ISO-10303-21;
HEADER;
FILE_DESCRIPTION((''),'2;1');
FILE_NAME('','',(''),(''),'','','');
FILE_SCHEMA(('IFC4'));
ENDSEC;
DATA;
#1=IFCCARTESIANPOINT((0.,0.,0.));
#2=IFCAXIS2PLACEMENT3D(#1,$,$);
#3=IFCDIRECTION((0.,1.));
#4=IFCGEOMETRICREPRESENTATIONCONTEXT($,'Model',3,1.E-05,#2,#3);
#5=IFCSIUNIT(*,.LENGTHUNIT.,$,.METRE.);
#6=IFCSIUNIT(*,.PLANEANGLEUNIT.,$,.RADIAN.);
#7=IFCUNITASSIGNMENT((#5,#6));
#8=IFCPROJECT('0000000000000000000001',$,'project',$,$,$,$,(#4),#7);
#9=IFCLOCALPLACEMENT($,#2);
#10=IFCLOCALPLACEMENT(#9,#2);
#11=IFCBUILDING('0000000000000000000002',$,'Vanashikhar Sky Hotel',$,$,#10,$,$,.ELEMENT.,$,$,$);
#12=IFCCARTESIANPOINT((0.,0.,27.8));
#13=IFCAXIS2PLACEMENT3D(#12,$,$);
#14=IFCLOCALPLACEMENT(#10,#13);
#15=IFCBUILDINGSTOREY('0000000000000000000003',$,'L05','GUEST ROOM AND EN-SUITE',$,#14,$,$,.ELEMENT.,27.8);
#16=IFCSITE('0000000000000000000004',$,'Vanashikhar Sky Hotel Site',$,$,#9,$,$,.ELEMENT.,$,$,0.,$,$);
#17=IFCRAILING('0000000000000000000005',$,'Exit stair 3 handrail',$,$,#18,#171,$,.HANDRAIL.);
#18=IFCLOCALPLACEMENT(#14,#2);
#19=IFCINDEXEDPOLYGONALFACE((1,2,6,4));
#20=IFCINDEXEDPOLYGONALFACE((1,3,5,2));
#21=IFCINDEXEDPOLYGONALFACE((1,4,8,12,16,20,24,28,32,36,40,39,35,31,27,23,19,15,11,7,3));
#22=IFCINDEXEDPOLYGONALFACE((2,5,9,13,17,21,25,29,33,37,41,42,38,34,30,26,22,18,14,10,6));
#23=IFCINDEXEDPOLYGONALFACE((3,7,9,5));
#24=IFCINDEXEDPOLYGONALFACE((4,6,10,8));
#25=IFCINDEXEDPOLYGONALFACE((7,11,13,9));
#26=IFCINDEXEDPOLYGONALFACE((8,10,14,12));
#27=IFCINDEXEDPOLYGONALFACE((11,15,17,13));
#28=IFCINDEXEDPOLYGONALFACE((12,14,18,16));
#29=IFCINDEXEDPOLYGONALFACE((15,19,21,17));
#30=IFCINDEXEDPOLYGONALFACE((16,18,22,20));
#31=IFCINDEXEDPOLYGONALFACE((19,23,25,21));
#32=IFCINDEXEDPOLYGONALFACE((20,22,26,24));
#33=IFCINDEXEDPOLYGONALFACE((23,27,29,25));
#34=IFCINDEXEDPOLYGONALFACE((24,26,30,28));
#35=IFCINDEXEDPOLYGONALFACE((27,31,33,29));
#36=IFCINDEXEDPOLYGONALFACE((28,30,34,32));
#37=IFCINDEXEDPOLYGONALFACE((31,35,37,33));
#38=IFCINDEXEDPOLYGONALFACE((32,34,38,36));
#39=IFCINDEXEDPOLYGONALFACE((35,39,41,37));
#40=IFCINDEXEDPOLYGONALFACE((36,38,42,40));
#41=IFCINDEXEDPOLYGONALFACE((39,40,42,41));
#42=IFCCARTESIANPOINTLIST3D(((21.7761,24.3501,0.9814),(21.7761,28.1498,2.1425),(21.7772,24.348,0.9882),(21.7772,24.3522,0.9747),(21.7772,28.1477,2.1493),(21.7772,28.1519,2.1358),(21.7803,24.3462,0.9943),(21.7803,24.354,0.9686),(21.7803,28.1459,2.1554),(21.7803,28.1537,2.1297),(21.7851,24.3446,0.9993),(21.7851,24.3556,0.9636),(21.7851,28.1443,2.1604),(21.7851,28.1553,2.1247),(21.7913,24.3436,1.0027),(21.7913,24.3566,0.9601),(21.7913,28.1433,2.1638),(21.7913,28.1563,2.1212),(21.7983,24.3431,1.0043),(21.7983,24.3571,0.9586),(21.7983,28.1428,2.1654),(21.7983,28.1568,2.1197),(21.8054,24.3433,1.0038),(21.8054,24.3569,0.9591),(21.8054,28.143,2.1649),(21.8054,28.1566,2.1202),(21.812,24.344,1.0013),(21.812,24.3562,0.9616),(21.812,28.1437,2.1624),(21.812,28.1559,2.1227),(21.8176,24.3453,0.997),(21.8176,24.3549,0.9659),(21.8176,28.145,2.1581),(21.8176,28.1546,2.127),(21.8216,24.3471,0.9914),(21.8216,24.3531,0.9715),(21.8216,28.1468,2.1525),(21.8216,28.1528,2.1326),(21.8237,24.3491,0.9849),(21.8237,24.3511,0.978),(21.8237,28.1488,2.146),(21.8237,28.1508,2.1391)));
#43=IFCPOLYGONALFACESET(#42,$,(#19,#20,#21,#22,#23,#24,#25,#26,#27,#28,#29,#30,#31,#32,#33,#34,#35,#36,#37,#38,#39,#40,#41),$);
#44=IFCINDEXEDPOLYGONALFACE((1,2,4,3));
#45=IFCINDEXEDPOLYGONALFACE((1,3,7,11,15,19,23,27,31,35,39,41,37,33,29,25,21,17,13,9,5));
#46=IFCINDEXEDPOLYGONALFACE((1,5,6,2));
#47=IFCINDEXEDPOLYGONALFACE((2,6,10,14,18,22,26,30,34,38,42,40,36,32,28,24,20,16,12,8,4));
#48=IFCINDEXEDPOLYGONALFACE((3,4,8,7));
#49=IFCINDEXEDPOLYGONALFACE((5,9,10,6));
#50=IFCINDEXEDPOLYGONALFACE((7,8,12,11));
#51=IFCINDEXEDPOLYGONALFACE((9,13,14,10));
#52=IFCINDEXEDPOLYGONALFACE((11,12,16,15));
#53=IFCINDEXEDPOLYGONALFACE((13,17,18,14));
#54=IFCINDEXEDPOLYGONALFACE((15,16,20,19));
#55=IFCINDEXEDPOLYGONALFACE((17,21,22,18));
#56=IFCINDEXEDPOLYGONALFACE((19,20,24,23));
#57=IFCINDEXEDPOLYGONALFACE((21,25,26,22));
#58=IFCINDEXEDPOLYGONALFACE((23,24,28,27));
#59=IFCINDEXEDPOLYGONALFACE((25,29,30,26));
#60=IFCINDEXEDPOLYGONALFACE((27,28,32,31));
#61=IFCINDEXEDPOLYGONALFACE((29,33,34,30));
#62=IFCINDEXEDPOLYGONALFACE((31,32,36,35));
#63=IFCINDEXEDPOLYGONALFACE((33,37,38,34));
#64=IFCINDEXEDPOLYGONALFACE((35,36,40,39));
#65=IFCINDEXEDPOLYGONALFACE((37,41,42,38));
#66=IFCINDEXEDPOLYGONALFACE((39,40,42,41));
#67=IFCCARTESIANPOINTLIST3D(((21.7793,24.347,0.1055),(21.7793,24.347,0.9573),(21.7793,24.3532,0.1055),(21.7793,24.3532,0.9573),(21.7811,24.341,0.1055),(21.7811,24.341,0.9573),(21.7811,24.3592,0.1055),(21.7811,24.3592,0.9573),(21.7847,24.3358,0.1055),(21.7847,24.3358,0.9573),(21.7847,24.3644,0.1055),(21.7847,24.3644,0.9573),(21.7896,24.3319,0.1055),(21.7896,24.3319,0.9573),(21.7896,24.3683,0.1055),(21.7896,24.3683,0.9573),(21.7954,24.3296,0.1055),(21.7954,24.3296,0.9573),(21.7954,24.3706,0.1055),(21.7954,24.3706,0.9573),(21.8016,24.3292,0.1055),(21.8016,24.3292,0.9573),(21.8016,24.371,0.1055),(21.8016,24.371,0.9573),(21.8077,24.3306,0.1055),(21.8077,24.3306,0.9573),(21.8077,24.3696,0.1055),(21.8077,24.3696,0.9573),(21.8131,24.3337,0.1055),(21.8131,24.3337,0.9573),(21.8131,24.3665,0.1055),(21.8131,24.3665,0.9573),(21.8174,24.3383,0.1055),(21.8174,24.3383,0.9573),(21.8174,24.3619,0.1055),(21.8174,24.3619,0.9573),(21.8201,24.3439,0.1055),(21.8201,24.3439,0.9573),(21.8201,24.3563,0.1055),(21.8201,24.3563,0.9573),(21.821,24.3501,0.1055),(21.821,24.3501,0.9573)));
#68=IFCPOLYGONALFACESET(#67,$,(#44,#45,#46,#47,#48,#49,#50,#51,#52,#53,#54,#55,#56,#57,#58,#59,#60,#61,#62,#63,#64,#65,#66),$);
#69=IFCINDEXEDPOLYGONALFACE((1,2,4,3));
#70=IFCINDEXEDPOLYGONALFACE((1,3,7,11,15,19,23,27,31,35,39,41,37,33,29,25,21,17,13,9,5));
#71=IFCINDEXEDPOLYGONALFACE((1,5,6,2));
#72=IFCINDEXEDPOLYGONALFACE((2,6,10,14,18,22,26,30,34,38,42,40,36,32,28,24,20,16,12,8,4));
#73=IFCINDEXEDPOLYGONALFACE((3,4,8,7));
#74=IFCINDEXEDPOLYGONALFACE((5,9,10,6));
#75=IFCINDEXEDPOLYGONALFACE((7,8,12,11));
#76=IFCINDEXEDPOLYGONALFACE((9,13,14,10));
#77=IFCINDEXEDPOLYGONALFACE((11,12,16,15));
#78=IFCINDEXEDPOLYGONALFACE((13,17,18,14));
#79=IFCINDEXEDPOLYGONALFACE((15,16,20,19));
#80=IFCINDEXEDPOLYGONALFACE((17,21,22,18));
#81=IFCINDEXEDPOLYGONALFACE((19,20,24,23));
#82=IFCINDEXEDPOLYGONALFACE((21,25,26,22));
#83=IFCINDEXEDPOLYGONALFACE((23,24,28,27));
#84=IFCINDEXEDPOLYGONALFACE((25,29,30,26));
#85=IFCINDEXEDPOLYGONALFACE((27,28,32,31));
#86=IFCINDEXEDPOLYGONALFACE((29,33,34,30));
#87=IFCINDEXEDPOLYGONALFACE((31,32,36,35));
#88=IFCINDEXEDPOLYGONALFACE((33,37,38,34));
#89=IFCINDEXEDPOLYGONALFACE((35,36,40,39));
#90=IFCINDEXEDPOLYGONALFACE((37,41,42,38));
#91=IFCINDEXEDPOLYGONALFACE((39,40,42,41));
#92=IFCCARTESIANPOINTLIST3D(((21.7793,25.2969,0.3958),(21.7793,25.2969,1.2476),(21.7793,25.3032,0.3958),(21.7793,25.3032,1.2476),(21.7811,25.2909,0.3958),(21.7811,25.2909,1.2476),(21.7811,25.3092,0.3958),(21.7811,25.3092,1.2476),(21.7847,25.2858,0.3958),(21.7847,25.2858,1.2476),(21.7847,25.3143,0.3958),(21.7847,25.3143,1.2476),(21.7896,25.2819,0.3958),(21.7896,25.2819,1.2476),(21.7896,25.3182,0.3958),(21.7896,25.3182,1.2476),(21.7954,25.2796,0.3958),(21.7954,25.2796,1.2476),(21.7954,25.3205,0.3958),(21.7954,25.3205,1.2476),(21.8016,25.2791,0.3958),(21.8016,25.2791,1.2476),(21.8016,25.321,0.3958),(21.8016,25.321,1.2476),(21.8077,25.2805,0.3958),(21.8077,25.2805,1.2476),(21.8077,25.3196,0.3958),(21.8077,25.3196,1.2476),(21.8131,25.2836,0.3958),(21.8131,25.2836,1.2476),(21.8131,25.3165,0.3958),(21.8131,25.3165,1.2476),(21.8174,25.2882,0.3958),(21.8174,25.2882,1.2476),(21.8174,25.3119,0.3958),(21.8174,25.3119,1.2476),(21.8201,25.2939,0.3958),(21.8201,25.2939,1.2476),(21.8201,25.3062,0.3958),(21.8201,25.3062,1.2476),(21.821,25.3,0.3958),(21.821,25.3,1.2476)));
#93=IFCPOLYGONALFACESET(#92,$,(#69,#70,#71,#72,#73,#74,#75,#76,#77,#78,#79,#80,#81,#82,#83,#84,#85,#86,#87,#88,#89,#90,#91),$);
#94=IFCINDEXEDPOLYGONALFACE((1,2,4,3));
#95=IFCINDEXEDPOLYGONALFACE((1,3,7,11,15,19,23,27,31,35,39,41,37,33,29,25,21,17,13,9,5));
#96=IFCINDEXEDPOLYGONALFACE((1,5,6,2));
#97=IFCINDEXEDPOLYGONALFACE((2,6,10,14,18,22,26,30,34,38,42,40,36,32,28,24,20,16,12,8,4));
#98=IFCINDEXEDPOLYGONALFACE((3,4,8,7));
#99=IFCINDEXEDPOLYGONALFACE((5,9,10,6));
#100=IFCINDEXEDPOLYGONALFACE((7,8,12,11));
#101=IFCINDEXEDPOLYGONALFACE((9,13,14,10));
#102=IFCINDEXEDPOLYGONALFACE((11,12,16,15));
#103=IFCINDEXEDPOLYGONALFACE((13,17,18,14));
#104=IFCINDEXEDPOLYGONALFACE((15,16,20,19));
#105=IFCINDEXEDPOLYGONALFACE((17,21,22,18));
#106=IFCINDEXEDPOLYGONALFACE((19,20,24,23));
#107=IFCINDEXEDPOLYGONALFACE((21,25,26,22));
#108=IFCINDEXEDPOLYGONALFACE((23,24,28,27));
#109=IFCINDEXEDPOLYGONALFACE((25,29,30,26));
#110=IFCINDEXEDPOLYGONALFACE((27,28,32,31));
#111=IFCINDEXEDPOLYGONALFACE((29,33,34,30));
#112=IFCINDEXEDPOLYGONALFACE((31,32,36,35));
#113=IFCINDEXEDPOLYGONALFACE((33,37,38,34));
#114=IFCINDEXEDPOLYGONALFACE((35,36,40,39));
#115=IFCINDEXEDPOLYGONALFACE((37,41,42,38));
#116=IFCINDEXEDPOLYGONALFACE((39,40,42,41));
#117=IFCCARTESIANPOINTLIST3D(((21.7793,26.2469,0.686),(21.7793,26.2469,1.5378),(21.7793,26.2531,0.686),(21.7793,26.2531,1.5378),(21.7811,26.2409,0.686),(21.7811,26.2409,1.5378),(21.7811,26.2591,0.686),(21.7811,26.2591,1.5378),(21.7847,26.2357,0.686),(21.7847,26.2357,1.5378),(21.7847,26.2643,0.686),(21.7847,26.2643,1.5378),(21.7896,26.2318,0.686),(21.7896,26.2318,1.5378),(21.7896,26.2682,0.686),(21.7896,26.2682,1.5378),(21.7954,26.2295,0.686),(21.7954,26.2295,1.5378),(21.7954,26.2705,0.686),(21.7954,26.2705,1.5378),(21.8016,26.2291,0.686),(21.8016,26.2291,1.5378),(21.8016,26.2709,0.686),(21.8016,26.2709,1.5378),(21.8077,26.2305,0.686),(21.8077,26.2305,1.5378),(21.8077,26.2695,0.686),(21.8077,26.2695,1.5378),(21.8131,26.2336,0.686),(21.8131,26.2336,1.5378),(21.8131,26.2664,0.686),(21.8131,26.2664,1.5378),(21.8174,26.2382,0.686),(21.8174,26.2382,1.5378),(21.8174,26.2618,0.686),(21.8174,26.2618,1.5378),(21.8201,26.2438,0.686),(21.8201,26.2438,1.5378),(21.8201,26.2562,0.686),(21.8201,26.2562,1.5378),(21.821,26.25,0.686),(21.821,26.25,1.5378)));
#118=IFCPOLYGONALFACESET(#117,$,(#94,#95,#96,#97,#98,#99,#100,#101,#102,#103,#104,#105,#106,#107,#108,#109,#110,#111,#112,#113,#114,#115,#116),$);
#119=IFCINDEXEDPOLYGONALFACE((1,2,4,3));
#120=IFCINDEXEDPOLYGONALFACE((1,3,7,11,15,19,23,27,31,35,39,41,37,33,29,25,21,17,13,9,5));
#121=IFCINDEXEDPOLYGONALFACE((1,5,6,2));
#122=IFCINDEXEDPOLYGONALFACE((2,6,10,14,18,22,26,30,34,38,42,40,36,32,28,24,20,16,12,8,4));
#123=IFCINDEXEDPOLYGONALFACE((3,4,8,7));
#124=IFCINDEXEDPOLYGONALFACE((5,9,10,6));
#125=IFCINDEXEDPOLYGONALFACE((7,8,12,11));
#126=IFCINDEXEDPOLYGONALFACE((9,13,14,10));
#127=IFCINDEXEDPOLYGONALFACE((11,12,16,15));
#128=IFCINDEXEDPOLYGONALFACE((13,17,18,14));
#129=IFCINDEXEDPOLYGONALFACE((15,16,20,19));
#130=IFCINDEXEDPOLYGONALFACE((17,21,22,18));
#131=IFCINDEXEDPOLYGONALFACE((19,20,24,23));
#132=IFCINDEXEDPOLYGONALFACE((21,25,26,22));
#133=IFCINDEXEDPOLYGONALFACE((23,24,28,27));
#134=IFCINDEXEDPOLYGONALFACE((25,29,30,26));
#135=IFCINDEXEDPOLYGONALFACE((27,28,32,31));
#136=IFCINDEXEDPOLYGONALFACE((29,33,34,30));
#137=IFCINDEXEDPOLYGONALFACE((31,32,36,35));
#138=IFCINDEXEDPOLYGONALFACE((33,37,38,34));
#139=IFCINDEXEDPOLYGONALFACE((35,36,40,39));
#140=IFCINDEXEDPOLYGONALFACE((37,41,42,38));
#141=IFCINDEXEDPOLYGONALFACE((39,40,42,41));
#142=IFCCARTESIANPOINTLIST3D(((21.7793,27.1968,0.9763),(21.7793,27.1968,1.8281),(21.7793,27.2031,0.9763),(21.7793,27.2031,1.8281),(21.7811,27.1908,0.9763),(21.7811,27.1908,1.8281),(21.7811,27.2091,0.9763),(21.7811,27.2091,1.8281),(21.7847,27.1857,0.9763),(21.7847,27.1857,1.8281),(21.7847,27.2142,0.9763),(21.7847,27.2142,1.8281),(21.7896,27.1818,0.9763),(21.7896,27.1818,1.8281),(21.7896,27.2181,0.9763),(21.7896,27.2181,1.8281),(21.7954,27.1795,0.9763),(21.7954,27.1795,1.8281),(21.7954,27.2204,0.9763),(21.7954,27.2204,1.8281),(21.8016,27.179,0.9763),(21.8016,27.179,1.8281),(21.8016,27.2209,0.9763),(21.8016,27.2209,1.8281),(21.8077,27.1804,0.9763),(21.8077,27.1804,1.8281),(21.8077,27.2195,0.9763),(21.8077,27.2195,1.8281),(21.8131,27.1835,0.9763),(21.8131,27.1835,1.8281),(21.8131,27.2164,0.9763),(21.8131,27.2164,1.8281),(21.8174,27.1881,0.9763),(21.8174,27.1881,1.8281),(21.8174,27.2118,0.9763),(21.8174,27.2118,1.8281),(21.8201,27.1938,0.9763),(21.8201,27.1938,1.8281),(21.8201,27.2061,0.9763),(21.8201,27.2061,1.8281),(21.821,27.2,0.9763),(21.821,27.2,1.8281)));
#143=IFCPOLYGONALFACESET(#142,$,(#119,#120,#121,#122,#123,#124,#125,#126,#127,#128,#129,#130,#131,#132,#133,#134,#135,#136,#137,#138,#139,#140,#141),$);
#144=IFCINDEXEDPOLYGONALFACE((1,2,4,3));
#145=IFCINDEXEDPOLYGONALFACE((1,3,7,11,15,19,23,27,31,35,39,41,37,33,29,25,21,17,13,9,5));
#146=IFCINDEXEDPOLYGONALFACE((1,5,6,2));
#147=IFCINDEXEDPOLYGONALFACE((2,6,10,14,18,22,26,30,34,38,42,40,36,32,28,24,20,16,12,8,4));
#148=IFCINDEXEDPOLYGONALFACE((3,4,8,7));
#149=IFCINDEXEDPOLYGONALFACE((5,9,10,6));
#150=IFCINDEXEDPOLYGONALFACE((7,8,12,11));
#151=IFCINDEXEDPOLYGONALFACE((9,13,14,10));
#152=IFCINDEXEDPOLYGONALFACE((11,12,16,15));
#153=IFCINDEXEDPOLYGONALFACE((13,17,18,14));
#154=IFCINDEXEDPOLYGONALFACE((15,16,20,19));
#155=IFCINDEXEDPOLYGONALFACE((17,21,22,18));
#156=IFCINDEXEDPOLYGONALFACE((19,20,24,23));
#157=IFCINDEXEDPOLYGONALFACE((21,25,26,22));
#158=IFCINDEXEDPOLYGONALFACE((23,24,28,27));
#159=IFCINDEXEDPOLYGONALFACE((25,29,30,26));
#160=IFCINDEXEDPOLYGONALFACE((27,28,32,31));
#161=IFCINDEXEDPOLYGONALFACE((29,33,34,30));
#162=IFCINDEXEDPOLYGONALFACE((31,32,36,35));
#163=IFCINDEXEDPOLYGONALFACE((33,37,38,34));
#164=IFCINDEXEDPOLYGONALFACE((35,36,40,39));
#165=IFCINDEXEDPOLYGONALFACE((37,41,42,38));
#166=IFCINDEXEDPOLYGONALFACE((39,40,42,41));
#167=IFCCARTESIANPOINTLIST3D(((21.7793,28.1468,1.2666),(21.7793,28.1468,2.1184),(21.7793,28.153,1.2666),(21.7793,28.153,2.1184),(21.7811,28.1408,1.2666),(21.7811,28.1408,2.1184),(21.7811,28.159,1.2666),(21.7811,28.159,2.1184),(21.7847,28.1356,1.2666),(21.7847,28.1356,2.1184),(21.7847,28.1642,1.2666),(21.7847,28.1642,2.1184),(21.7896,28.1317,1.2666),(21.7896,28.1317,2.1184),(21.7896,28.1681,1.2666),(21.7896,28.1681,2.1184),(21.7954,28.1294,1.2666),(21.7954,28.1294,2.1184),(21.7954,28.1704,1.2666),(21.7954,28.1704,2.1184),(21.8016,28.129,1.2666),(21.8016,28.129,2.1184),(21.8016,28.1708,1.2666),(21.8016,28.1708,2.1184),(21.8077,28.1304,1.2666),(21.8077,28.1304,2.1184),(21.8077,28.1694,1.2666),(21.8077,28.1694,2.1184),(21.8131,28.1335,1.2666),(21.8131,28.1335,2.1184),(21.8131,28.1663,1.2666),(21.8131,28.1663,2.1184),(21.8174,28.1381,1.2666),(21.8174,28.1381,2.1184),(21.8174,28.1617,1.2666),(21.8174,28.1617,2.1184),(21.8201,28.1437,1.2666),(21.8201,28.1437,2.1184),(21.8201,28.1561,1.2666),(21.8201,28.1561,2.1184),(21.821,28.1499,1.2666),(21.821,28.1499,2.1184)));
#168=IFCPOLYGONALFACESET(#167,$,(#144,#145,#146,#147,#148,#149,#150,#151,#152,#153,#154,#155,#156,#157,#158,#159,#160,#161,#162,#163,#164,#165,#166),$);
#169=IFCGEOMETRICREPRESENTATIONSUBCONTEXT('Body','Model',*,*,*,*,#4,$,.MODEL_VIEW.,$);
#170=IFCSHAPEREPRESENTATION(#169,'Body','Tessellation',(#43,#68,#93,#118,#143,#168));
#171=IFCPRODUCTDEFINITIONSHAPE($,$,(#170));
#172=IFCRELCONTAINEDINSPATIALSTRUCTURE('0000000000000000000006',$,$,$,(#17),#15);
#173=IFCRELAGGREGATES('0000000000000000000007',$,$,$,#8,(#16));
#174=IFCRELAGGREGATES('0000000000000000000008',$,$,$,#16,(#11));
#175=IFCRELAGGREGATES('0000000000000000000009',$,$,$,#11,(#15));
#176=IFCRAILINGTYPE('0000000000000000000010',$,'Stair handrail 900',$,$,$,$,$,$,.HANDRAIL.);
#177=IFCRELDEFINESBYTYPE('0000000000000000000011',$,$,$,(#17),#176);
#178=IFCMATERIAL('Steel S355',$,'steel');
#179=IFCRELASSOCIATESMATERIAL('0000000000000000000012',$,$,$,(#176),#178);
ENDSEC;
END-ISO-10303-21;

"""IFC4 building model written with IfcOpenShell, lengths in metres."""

from ifc_helpers import new_model, si_unit, direction, frame, origin, origin_2d, place, context, subcontext, project, spatial, circle, extrude, source, transform, mapped, material, type_object, element, save


model = new_model("IFC4")

# Units and contexts
model_context = context("Model", 3, precision=1e-05, world=origin(), true_north=direction((0.0, 1.0)))
body_context = subcontext(model_context, "Body", "Model", "MODEL_VIEW")
ifc_project = project(units=[si_unit("LENGTHUNIT", "METRE"), si_unit("PLANEANGLEUNIT", "RADIAN")], contexts=[model_context])

# Site, building, storey
site_placement = place(None, origin())
site = spatial("IfcSite", under=ifc_project, at=site_placement, Name="Vanashikhar Sky Hotel Site", CompositionType="ELEMENT", RefElevation=0.0)
building_placement = place(site_placement, origin())
building = spatial("IfcBuilding", under=site, at=building_placement, Name="Vanashikhar Sky Hotel", CompositionType="ELEMENT")
storey_placement = place(building_placement, frame((0.0, 0.0, 27.8)))
storey = spatial("IfcBuildingStorey", under=building, at=storey_placement, Name="L05", Description="GUEST ROOM AND EN-SUITE", CompositionType="ELEMENT", Elevation=27.8)

# Railing
ifc_material_1 = material(Name="Steel S355", Category="steel")
railing_type = type_object("IfcRailingType", Name="Stair handrail 900", PredefinedType="HANDRAIL", material=ifc_material_1)
shared_shape_1 = source(origin(), body_context, "Body", "SweptSolid", [
    extrude(circle(Radius=0.0239, at=origin_2d()), frame((0.0, 0.0, 0.876), z_axis=(0.0, 0.956346, 0.292237), x_axis=(-1.0, 0.0, 0.0)), (0.0, 0.0, 1.0), 3.9731),
    extrude(circle(Radius=0.021, at=origin_2d()), origin(), (0.0, 0.0, 1.0), 0.8518),
    extrude(circle(Radius=0.021, at=origin_2d()), frame((0.0, 0.95, 0.2903)), (0.0, 0.0, 1.0), 0.8518),
    extrude(circle(Radius=0.021, at=origin_2d()), frame((0.0, 1.8999, 0.5806)), (0.0, 0.0, 1.0), 0.8518),
    extrude(circle(Radius=0.021, at=origin_2d()), frame((0.0, 2.8499, 0.8708)), (0.0, 0.0, 1.0), 0.8518),
    extrude(circle(Radius=0.021, at=origin_2d()), frame((0.0, 3.7998, 1.1611)), (0.0, 0.0, 1.0), 0.8518),
])
for number, where, name in (
    (1, (21.8, 24.3501, 0.1055), "Exit stair 3 handrail"),
):
    element("IfcRailing", number, at=place(storey_placement, frame(where)), inside=storey, type_object=railing_type, Name=name, PredefinedType="HANDRAIL", context=body_context, shape_type="MappedRepresentation", body=[
        mapped(shared_shape_1, transform((0.0, 0.0, 0.0), scale=1.0)),
    ])

save(model, "model.ifc")
